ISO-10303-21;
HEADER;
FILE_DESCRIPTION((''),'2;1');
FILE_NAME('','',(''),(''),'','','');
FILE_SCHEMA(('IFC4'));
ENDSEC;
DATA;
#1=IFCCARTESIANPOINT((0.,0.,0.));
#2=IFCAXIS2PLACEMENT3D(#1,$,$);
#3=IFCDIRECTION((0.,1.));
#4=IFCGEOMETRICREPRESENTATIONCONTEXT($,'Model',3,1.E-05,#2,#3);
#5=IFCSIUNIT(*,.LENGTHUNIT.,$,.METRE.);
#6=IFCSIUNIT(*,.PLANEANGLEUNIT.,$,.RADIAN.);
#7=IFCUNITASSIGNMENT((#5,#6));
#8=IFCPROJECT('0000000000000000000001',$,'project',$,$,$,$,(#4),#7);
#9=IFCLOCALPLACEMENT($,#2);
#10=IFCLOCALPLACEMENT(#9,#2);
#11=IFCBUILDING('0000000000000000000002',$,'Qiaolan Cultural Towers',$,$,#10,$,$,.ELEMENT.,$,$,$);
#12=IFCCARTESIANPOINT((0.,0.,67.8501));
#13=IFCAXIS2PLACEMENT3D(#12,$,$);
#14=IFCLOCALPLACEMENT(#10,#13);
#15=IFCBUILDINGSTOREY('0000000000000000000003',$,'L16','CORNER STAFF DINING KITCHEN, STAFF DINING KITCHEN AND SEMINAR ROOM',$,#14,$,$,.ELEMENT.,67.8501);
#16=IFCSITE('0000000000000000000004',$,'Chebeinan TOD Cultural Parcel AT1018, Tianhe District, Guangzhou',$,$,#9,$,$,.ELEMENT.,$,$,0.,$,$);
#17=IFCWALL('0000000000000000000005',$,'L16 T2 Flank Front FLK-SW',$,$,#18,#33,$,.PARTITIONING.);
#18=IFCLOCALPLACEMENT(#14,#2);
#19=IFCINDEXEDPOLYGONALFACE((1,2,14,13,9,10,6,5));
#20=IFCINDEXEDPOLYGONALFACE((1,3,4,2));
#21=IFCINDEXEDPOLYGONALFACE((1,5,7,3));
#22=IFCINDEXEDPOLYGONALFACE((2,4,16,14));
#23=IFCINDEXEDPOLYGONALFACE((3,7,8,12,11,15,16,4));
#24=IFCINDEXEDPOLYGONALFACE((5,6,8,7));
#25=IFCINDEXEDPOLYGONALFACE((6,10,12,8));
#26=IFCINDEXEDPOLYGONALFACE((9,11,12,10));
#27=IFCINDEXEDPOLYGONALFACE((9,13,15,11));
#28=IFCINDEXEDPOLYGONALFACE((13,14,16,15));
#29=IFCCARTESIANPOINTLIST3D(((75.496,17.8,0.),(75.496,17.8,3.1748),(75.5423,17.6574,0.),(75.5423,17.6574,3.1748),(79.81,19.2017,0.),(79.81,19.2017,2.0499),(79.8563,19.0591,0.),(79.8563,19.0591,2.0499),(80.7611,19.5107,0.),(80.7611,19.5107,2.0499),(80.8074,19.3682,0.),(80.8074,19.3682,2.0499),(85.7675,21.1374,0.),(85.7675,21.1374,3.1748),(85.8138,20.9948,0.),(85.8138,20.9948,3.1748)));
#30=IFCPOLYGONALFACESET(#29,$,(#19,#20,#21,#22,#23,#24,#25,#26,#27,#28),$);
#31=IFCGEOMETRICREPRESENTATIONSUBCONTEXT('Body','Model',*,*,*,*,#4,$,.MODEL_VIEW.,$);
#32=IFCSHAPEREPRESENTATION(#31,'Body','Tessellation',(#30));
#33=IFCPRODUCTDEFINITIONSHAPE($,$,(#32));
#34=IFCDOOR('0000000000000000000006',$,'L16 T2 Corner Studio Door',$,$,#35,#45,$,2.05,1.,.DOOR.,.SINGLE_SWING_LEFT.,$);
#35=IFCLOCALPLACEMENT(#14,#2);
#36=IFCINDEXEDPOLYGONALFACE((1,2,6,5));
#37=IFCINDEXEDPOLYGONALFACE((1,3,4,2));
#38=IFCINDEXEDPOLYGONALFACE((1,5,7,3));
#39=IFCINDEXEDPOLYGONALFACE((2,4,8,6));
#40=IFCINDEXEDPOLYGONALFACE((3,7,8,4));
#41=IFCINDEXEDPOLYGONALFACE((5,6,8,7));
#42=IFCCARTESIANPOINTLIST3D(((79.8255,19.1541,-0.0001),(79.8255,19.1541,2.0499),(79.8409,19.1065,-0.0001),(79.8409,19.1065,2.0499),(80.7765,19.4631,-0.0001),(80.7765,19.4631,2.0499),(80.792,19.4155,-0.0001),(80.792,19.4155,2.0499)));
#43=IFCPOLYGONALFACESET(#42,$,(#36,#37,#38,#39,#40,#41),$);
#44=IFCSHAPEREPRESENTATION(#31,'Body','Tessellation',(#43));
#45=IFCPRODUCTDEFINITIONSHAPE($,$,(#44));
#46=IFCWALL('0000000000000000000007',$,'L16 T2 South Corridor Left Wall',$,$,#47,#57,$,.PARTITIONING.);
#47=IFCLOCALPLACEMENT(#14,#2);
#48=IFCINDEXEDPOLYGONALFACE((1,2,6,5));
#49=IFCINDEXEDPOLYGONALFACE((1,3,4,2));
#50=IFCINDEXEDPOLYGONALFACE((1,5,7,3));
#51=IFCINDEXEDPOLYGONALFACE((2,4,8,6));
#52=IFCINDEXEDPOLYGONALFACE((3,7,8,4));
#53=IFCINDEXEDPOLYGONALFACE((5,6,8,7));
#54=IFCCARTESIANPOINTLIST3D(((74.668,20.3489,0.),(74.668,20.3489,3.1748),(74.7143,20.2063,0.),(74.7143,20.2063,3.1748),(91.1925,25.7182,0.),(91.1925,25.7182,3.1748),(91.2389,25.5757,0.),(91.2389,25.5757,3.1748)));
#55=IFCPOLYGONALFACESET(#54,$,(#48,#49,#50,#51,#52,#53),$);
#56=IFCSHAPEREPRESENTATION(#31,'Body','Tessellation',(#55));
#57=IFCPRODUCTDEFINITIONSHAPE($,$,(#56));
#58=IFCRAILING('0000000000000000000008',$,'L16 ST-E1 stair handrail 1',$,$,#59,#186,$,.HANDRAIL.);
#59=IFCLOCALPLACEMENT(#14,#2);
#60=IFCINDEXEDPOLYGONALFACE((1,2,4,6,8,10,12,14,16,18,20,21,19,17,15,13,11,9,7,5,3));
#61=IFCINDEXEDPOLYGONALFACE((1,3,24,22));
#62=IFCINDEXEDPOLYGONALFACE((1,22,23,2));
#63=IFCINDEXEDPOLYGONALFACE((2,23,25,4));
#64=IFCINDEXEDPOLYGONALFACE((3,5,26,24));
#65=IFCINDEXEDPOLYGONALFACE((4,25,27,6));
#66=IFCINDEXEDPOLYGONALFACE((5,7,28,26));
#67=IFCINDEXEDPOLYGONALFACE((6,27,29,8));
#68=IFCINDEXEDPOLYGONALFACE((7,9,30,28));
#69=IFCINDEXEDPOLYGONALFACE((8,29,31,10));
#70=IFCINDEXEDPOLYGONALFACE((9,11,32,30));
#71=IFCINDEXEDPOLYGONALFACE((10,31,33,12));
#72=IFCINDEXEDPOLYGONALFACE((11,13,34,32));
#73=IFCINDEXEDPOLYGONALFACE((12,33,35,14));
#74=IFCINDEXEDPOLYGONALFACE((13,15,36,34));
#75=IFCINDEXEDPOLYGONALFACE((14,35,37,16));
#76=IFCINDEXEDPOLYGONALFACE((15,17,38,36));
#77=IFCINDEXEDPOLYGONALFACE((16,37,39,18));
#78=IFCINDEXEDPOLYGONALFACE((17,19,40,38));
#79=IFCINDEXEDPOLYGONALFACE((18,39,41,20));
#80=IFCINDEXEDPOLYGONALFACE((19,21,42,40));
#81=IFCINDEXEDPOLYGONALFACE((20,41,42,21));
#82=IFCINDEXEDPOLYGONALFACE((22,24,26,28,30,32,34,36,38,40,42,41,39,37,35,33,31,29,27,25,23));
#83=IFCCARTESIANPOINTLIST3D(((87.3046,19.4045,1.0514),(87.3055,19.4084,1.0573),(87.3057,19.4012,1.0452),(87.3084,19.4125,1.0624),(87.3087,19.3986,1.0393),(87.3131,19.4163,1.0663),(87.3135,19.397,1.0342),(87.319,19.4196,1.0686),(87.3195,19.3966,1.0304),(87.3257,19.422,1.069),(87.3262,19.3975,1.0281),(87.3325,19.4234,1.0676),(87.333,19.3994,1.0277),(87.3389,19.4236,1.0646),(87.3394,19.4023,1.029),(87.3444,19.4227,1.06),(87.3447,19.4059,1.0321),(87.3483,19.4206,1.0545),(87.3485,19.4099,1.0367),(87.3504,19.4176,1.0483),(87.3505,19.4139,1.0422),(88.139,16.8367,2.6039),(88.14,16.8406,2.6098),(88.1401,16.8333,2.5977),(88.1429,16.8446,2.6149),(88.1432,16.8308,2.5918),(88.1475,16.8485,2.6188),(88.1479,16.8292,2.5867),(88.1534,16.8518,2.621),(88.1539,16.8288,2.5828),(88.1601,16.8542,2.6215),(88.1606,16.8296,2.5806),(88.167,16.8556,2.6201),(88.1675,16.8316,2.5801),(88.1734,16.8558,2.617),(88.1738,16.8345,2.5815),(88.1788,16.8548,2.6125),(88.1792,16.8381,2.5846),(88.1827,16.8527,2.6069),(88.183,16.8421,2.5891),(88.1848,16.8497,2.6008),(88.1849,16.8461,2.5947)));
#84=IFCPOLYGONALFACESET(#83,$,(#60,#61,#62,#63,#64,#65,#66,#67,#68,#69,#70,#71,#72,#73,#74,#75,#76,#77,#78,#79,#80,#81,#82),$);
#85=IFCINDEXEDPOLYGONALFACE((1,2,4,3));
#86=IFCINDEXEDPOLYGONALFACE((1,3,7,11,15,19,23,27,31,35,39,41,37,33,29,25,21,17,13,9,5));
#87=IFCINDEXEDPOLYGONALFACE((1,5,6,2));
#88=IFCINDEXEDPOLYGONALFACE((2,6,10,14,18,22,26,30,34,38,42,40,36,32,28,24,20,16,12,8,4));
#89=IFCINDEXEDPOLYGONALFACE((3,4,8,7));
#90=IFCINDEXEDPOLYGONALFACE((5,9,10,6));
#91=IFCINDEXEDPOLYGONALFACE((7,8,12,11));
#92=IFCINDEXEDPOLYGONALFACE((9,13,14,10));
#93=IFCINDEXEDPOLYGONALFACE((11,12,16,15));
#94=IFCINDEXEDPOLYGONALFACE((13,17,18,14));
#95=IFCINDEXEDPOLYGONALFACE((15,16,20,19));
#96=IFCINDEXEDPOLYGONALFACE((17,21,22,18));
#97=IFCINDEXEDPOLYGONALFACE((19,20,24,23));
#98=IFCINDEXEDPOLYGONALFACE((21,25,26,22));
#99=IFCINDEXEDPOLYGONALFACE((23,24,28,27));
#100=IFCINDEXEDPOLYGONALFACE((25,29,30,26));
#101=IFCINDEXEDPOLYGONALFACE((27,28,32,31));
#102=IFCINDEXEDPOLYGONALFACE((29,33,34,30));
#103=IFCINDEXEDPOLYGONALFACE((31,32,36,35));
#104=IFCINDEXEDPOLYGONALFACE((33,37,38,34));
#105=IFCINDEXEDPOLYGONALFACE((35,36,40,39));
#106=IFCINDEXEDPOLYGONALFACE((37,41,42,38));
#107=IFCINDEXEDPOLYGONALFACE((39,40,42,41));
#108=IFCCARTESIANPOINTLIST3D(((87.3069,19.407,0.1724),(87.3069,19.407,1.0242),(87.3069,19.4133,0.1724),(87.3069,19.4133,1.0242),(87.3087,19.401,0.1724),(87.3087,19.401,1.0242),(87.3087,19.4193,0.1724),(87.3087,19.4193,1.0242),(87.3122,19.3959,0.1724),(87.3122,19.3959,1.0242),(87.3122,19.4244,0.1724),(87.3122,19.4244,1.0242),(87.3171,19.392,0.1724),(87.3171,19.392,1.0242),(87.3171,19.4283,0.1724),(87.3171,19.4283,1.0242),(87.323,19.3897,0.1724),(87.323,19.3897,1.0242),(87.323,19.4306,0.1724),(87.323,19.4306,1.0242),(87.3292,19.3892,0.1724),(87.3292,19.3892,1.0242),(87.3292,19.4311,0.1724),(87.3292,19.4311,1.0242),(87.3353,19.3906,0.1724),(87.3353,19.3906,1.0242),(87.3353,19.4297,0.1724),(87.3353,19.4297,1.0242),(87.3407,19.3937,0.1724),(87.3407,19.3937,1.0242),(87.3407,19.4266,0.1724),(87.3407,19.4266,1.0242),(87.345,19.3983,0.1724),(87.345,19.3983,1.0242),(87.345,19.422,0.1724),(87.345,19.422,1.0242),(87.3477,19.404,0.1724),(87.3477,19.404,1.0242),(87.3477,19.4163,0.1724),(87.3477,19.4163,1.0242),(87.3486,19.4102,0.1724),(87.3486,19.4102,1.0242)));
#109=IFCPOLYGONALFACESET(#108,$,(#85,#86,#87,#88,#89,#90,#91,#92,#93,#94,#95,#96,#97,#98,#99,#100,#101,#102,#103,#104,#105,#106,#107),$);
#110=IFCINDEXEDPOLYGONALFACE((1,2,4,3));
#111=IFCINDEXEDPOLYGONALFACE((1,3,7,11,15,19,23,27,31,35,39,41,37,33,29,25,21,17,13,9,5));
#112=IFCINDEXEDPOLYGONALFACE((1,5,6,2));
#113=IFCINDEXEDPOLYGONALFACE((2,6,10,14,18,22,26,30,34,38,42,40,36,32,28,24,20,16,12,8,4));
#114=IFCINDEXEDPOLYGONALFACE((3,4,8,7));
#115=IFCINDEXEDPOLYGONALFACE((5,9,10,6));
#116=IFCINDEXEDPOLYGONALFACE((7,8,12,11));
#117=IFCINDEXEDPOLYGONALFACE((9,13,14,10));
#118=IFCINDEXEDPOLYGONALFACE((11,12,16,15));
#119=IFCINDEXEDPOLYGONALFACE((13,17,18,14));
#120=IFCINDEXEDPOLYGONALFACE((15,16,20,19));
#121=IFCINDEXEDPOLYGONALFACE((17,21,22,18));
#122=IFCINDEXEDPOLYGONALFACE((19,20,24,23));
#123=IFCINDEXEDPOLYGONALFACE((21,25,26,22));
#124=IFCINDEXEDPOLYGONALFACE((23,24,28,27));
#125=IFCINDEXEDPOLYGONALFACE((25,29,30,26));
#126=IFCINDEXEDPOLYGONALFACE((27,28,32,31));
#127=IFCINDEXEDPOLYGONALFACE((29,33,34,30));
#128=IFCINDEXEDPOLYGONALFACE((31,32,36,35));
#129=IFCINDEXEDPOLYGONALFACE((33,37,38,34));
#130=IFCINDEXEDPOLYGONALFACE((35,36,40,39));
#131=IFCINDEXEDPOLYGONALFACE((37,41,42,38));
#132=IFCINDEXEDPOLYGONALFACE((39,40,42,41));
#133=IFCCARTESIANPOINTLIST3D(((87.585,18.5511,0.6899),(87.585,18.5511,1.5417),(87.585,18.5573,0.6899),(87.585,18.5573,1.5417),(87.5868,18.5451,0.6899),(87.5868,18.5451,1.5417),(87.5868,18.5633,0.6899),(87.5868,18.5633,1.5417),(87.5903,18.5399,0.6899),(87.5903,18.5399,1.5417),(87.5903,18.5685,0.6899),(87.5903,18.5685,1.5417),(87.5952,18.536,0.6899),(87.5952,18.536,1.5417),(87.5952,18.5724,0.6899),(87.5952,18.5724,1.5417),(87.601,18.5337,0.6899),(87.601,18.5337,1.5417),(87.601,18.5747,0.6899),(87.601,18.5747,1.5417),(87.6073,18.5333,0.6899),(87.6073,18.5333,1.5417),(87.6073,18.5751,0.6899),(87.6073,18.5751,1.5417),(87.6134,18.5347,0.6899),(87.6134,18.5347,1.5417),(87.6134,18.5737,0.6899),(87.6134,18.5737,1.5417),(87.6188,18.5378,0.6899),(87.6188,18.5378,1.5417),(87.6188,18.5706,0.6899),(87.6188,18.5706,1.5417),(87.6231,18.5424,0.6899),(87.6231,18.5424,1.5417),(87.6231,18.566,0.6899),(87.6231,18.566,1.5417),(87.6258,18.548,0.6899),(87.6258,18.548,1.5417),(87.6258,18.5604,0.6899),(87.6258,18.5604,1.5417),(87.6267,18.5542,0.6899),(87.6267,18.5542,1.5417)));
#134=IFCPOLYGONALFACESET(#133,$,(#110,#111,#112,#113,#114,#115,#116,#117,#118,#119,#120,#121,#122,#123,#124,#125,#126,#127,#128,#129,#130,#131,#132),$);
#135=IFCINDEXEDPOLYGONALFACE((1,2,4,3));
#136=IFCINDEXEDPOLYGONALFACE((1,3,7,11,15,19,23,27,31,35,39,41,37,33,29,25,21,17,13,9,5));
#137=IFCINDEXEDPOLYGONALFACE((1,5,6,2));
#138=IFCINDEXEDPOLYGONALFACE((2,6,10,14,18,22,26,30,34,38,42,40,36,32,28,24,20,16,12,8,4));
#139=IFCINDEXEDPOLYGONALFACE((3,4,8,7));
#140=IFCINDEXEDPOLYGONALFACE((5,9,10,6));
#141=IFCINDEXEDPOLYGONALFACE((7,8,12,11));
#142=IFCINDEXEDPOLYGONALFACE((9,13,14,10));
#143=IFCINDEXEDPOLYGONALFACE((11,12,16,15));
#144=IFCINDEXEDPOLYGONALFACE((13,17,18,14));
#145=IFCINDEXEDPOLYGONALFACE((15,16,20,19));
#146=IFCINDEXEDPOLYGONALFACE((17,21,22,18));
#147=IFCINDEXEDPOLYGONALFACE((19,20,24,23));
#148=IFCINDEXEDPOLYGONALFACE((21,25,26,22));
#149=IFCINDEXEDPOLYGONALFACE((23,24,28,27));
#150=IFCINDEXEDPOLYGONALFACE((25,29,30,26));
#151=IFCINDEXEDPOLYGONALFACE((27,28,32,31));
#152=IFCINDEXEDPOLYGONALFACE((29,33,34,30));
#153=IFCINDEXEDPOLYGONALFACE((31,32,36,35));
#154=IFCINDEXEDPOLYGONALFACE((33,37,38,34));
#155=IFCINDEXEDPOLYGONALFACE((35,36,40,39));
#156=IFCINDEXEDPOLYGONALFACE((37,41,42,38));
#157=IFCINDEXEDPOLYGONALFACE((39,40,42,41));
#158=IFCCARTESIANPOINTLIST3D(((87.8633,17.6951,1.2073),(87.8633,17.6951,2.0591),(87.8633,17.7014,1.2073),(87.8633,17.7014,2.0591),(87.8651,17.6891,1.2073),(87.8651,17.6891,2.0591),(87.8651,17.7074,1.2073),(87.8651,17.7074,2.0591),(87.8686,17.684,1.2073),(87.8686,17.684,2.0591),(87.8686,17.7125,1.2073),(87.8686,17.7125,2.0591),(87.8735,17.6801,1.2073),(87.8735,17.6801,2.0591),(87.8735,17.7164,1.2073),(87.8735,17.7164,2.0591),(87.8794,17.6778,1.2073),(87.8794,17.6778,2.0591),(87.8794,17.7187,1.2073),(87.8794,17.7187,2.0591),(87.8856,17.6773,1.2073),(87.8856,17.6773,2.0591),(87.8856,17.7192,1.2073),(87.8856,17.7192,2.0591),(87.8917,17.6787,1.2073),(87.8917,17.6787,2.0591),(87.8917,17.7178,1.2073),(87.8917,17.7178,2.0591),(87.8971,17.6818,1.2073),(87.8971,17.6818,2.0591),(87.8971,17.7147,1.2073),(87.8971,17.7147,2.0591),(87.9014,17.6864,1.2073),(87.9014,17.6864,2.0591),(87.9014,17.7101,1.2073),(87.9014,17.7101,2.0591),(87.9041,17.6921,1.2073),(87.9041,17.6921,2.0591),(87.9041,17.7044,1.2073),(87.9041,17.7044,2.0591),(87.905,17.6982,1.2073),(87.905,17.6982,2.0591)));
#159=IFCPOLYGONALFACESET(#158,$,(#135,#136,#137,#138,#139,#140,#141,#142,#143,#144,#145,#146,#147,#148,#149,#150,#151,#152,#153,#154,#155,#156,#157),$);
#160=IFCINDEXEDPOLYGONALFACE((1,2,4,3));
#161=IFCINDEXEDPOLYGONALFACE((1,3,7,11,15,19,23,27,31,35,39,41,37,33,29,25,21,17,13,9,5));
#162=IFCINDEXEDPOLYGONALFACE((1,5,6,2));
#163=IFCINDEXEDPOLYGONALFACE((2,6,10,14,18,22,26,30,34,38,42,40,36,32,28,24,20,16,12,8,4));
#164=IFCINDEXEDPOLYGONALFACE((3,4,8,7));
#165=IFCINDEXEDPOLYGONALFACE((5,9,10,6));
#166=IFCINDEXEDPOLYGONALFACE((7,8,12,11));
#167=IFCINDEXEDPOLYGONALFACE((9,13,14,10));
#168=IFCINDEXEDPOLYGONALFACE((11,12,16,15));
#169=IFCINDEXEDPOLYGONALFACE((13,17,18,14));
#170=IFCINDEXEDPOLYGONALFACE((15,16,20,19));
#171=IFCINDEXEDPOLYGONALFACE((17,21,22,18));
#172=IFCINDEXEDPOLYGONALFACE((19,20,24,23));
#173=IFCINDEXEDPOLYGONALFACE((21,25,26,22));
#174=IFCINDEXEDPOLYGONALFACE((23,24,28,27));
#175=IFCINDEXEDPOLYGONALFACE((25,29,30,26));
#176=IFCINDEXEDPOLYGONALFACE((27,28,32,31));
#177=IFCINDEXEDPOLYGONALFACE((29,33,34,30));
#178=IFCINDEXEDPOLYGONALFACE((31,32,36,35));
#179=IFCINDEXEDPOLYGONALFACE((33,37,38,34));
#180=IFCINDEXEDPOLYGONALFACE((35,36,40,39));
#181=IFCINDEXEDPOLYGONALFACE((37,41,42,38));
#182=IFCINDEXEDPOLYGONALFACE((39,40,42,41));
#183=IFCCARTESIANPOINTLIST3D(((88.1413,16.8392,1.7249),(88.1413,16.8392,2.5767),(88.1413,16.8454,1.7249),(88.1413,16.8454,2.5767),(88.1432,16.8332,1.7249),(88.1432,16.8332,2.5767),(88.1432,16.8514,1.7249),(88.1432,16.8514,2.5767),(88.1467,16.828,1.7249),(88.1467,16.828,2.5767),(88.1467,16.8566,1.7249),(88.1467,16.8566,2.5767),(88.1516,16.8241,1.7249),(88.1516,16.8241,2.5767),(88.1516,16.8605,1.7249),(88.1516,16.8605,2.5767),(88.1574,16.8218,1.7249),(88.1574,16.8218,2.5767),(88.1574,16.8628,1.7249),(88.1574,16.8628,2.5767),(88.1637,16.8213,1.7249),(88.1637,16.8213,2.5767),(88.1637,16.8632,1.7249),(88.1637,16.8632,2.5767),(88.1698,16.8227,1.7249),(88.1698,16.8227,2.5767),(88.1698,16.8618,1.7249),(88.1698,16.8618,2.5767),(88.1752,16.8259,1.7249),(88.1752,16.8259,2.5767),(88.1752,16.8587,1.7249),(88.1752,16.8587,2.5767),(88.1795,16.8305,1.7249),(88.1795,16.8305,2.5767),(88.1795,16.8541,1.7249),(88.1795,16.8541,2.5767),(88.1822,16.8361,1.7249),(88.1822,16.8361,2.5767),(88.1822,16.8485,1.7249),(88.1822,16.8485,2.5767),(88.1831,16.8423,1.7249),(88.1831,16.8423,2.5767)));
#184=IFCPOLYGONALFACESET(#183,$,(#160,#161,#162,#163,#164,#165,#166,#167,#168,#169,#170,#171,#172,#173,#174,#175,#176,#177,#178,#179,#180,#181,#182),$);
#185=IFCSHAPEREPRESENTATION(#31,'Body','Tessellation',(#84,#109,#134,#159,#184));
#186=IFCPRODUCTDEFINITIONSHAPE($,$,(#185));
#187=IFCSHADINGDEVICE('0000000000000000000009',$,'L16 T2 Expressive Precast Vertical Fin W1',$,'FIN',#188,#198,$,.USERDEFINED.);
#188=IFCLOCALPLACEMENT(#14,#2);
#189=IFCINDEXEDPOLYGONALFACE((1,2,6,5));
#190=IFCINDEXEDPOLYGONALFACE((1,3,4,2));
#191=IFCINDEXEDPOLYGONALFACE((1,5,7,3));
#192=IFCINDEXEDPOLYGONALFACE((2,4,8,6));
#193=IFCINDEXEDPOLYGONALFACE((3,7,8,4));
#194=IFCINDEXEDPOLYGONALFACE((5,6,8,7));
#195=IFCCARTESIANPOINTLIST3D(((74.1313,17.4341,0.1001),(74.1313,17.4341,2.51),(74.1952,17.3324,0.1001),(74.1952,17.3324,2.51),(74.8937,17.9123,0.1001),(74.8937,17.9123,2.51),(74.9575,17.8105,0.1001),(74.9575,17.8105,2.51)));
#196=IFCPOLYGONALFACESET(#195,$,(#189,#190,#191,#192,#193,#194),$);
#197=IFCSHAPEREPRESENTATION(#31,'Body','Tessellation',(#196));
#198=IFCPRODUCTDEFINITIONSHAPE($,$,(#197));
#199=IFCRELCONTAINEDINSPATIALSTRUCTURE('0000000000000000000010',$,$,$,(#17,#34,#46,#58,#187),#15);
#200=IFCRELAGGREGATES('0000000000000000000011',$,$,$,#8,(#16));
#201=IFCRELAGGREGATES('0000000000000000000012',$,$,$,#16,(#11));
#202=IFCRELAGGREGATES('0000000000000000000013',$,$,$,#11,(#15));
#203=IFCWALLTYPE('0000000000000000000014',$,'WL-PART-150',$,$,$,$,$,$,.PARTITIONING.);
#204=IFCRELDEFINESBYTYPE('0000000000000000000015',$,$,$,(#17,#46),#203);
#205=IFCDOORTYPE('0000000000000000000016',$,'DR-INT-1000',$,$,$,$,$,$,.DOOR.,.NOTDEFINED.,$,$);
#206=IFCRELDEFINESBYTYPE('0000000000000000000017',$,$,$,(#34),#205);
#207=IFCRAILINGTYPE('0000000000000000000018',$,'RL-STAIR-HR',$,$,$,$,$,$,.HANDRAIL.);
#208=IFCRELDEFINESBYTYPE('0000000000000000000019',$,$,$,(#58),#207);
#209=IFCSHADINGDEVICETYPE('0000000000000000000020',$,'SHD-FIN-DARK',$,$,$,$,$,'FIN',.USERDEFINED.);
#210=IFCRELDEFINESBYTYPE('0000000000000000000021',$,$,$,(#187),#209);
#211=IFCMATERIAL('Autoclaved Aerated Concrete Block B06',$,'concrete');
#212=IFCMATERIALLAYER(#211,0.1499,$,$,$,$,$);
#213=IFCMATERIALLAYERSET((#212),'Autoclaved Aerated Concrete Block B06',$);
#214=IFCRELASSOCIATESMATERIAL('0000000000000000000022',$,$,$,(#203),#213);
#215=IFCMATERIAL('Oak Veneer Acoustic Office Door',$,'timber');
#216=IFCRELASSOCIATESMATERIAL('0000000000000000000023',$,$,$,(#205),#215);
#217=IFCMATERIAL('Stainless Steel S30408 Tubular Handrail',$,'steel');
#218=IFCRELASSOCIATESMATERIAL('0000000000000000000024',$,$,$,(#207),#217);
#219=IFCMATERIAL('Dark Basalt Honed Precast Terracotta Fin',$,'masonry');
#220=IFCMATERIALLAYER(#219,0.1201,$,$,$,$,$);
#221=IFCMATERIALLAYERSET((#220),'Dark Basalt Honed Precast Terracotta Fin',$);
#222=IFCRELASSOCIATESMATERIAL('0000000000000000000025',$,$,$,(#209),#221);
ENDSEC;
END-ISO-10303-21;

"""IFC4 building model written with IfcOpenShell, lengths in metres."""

from ifc_helpers import new_model, si_unit, direction, frame, frame_2d, origin, origin_2d, place, context, subcontext, project, spatial, rectangle, circle, extrude, material, layer, layer_set, type_object, element, fill, save


model = new_model("IFC4")

# Units and contexts
model_context = context("Model", 3, precision=1e-05, world=origin(), true_north=direction((0.0, 1.0)))
body_context = subcontext(model_context, "Body", "Model", "MODEL_VIEW")
ifc_project = project(units=[si_unit("LENGTHUNIT", "METRE"), si_unit("PLANEANGLEUNIT", "RADIAN")], contexts=[model_context])

# Site, building, storey
site_placement = place(None, origin())
site = spatial("IfcSite", under=ifc_project, at=site_placement, Name="Chebeinan TOD Cultural Parcel AT1018, Tianhe District, Guangzhou", CompositionType="ELEMENT", RefElevation=0.0)
building_placement = place(site_placement, origin())
building = spatial("IfcBuilding", under=site, at=building_placement, Name="Qiaolan Cultural Towers", CompositionType="ELEMENT")
storey_placement = place(building_placement, frame((0.0, 0.0, 67.8501)))
storey = spatial("IfcBuildingStorey", under=building, at=storey_placement, Name="L16", Description="CORNER STAFF DINING KITCHEN, STAFF DINING KITCHEN AND SEMINAR ROOM", CompositionType="ELEMENT", Elevation=67.8501)

# Shared definitions
ifc_material_1 = material(Name="Autoclaved Aerated Concrete Block B06", Category="concrete")
ifc_layer_1 = layer(ifc_material_1, 0.1499)
ifc_layer_set_1 = layer_set([ifc_layer_1], Name="Autoclaved Aerated Concrete Block B06")
wall_type_1 = type_object("IfcWallType", Name="WL-PART-150", PredefinedType="PARTITIONING", material=ifc_layer_set_1)

# Wall, opening, door
wall_1_placement = place(storey_placement, frame((75.5193, 17.7288, 0.0), z_axis=(0.0, 0.0, 1.0), x_axis=(0.951057, 0.309017, 0.0)))
wall_1 = element("IfcWall", 1, at=wall_1_placement, inside=storey, type_object=wall_type_1, Name="L16 T2 Flank Front FLK-SW", PredefinedType="PARTITIONING", context=body_context, shape_type="SweptSolid", body=[
    extrude(rectangle(XDim=10.8, YDim=0.1499, at=frame_2d((5.3999, 0.0))), origin(), (0.0, 0.0, 1.0), 3.1748),
])
opening_1_placement = place(wall_1_placement, frame((4.5359, 0.0, 0.0)))
opening_1 = element("IfcOpeningElement", 2, at=opening_1_placement, cuts=wall_1, PredefinedType="OPENING", context=body_context, shape_type="SweptSolid", body=[
    extrude(rectangle(XDim=1.0, YDim=2.05, at=frame_2d((0.5, 1.0249))), frame((0.0, 0.085, 0.0), z_axis=(0.0, -1.0, 0.0), x_axis=(1.0, 0.0, 0.0)), (0.0, 0.0, 1.0), 0.1699),
])
ifc_material_2 = material(Name="Oak Veneer Acoustic Office Door", Category="timber")
door_type_1 = type_object("IfcDoorType", Name="DR-INT-1000", OperationType="NOTDEFINED", PredefinedType="DOOR", material=ifc_material_2)
door_1_placement = place(opening_1_placement, origin())
door_1 = element("IfcDoor", 3, at=door_1_placement, inside=storey, type_object=door_type_1, Name="L16 T2 Corner Studio Door", OperationType="SINGLE_SWING_LEFT", OverallHeight=2.05, OverallWidth=1.0, PredefinedType="DOOR", context=body_context, shape_type="SweptSolid", body=[
    extrude(rectangle(XDim=1.0, YDim=2.05, at=frame_2d((0.5, 1.0249))), frame((0.0, 0.0249, 0.0), z_axis=(0.0, -1.0, 0.0), x_axis=(1.0, 0.0, 0.0)), (0.0, 0.0, 1.0), 0.05),
])
fill(opening_1, door_1)

# Wall
wall_2_placement = place(storey_placement, frame((74.6912, 20.2776, 0.0), z_axis=(0.0, 0.0, 1.0), x_axis=(0.951053, 0.309027, 0.0)))
element("IfcWall", 4, at=wall_2_placement, inside=storey, type_object=wall_type_1, Name="L16 T2 South Corridor Left Wall", PredefinedType="PARTITIONING", context=body_context, shape_type="SweptSolid", body=[
    extrude(rectangle(XDim=17.375, YDim=0.1499, at=frame_2d((8.6875, 0.0))), origin(), (0.0, 0.0, 1.0), 3.1748),
])

# Railing
ifc_material_3 = material(Name="Stainless Steel S30408 Tubular Handrail", Category="steel")
railing_type_1 = type_object("IfcRailingType", Name="RL-STAIR-HR", PredefinedType="HANDRAIL", material=ifc_material_3)
railing_1_placement = place(storey_placement, frame((87.3276, 19.4102, 0.1724)))
element("IfcRailing", 5, at=railing_1_placement, inside=storey, type_object=railing_type_1, Name="L16 ST-E1 stair handrail 1", PredefinedType="HANDRAIL", context=body_context, shape_type="SweptSolid", body=[
    extrude(circle(Radius=0.0239, at=origin_2d()), frame((0.0, 0.0, 0.876), z_axis=(0.267926, -0.824471, 0.498461), x_axis=(0.951043, 0.309057, 0.0)), (0.0, 0.0, 1.0), 3.1145),
    extrude(circle(Radius=0.021, at=origin_2d()), origin(), (0.0, 0.0, 1.0), 0.8518),
    extrude(circle(Radius=0.021, at=origin_2d()), frame((0.2781, -0.856, 0.5176)), (0.0, 0.0, 1.0), 0.8518),
    extrude(circle(Radius=0.021, at=origin_2d()), frame((0.5564, -1.7119, 1.0349)), (0.0, 0.0, 1.0), 0.8518),
    extrude(circle(Radius=0.021, at=origin_2d()), frame((0.8345, -2.5679, 1.5525)), (0.0, 0.0, 1.0), 0.8518),
])

# Shading device
ifc_material_4 = material(Name="Dark Basalt Honed Precast Terracotta Fin", Category="masonry")
ifc_layer_2 = layer(ifc_material_4, 0.1201)
ifc_layer_set_2 = layer_set([ifc_layer_2], Name="Dark Basalt Honed Precast Terracotta Fin")
shading_device_type = type_object("IfcShadingDeviceType", Name="SHD-FIN-DARK", ElementType="FIN", PredefinedType="USERDEFINED", material=ifc_layer_set_2)
shading_device_placement = place(storey_placement, frame((74.5444, 17.6223, 0.1001), z_axis=(0.0, 0.0, 1.0), x_axis=(0.847165, 0.53133, 0.0)))
element("IfcShadingDevice", 6, at=shading_device_placement, inside=storey, type_object=shading_device_type, Name="L16 T2 Expressive Precast Vertical Fin W1", ObjectType="FIN", PredefinedType="USERDEFINED", context=body_context, shape_type="SweptSolid", body=[
    extrude(rectangle(XDim=0.8999, YDim=0.1201, at=origin_2d()), origin(), (0.0, 0.0, 1.0), 2.4099),
])

save(model, "model.ifc")
